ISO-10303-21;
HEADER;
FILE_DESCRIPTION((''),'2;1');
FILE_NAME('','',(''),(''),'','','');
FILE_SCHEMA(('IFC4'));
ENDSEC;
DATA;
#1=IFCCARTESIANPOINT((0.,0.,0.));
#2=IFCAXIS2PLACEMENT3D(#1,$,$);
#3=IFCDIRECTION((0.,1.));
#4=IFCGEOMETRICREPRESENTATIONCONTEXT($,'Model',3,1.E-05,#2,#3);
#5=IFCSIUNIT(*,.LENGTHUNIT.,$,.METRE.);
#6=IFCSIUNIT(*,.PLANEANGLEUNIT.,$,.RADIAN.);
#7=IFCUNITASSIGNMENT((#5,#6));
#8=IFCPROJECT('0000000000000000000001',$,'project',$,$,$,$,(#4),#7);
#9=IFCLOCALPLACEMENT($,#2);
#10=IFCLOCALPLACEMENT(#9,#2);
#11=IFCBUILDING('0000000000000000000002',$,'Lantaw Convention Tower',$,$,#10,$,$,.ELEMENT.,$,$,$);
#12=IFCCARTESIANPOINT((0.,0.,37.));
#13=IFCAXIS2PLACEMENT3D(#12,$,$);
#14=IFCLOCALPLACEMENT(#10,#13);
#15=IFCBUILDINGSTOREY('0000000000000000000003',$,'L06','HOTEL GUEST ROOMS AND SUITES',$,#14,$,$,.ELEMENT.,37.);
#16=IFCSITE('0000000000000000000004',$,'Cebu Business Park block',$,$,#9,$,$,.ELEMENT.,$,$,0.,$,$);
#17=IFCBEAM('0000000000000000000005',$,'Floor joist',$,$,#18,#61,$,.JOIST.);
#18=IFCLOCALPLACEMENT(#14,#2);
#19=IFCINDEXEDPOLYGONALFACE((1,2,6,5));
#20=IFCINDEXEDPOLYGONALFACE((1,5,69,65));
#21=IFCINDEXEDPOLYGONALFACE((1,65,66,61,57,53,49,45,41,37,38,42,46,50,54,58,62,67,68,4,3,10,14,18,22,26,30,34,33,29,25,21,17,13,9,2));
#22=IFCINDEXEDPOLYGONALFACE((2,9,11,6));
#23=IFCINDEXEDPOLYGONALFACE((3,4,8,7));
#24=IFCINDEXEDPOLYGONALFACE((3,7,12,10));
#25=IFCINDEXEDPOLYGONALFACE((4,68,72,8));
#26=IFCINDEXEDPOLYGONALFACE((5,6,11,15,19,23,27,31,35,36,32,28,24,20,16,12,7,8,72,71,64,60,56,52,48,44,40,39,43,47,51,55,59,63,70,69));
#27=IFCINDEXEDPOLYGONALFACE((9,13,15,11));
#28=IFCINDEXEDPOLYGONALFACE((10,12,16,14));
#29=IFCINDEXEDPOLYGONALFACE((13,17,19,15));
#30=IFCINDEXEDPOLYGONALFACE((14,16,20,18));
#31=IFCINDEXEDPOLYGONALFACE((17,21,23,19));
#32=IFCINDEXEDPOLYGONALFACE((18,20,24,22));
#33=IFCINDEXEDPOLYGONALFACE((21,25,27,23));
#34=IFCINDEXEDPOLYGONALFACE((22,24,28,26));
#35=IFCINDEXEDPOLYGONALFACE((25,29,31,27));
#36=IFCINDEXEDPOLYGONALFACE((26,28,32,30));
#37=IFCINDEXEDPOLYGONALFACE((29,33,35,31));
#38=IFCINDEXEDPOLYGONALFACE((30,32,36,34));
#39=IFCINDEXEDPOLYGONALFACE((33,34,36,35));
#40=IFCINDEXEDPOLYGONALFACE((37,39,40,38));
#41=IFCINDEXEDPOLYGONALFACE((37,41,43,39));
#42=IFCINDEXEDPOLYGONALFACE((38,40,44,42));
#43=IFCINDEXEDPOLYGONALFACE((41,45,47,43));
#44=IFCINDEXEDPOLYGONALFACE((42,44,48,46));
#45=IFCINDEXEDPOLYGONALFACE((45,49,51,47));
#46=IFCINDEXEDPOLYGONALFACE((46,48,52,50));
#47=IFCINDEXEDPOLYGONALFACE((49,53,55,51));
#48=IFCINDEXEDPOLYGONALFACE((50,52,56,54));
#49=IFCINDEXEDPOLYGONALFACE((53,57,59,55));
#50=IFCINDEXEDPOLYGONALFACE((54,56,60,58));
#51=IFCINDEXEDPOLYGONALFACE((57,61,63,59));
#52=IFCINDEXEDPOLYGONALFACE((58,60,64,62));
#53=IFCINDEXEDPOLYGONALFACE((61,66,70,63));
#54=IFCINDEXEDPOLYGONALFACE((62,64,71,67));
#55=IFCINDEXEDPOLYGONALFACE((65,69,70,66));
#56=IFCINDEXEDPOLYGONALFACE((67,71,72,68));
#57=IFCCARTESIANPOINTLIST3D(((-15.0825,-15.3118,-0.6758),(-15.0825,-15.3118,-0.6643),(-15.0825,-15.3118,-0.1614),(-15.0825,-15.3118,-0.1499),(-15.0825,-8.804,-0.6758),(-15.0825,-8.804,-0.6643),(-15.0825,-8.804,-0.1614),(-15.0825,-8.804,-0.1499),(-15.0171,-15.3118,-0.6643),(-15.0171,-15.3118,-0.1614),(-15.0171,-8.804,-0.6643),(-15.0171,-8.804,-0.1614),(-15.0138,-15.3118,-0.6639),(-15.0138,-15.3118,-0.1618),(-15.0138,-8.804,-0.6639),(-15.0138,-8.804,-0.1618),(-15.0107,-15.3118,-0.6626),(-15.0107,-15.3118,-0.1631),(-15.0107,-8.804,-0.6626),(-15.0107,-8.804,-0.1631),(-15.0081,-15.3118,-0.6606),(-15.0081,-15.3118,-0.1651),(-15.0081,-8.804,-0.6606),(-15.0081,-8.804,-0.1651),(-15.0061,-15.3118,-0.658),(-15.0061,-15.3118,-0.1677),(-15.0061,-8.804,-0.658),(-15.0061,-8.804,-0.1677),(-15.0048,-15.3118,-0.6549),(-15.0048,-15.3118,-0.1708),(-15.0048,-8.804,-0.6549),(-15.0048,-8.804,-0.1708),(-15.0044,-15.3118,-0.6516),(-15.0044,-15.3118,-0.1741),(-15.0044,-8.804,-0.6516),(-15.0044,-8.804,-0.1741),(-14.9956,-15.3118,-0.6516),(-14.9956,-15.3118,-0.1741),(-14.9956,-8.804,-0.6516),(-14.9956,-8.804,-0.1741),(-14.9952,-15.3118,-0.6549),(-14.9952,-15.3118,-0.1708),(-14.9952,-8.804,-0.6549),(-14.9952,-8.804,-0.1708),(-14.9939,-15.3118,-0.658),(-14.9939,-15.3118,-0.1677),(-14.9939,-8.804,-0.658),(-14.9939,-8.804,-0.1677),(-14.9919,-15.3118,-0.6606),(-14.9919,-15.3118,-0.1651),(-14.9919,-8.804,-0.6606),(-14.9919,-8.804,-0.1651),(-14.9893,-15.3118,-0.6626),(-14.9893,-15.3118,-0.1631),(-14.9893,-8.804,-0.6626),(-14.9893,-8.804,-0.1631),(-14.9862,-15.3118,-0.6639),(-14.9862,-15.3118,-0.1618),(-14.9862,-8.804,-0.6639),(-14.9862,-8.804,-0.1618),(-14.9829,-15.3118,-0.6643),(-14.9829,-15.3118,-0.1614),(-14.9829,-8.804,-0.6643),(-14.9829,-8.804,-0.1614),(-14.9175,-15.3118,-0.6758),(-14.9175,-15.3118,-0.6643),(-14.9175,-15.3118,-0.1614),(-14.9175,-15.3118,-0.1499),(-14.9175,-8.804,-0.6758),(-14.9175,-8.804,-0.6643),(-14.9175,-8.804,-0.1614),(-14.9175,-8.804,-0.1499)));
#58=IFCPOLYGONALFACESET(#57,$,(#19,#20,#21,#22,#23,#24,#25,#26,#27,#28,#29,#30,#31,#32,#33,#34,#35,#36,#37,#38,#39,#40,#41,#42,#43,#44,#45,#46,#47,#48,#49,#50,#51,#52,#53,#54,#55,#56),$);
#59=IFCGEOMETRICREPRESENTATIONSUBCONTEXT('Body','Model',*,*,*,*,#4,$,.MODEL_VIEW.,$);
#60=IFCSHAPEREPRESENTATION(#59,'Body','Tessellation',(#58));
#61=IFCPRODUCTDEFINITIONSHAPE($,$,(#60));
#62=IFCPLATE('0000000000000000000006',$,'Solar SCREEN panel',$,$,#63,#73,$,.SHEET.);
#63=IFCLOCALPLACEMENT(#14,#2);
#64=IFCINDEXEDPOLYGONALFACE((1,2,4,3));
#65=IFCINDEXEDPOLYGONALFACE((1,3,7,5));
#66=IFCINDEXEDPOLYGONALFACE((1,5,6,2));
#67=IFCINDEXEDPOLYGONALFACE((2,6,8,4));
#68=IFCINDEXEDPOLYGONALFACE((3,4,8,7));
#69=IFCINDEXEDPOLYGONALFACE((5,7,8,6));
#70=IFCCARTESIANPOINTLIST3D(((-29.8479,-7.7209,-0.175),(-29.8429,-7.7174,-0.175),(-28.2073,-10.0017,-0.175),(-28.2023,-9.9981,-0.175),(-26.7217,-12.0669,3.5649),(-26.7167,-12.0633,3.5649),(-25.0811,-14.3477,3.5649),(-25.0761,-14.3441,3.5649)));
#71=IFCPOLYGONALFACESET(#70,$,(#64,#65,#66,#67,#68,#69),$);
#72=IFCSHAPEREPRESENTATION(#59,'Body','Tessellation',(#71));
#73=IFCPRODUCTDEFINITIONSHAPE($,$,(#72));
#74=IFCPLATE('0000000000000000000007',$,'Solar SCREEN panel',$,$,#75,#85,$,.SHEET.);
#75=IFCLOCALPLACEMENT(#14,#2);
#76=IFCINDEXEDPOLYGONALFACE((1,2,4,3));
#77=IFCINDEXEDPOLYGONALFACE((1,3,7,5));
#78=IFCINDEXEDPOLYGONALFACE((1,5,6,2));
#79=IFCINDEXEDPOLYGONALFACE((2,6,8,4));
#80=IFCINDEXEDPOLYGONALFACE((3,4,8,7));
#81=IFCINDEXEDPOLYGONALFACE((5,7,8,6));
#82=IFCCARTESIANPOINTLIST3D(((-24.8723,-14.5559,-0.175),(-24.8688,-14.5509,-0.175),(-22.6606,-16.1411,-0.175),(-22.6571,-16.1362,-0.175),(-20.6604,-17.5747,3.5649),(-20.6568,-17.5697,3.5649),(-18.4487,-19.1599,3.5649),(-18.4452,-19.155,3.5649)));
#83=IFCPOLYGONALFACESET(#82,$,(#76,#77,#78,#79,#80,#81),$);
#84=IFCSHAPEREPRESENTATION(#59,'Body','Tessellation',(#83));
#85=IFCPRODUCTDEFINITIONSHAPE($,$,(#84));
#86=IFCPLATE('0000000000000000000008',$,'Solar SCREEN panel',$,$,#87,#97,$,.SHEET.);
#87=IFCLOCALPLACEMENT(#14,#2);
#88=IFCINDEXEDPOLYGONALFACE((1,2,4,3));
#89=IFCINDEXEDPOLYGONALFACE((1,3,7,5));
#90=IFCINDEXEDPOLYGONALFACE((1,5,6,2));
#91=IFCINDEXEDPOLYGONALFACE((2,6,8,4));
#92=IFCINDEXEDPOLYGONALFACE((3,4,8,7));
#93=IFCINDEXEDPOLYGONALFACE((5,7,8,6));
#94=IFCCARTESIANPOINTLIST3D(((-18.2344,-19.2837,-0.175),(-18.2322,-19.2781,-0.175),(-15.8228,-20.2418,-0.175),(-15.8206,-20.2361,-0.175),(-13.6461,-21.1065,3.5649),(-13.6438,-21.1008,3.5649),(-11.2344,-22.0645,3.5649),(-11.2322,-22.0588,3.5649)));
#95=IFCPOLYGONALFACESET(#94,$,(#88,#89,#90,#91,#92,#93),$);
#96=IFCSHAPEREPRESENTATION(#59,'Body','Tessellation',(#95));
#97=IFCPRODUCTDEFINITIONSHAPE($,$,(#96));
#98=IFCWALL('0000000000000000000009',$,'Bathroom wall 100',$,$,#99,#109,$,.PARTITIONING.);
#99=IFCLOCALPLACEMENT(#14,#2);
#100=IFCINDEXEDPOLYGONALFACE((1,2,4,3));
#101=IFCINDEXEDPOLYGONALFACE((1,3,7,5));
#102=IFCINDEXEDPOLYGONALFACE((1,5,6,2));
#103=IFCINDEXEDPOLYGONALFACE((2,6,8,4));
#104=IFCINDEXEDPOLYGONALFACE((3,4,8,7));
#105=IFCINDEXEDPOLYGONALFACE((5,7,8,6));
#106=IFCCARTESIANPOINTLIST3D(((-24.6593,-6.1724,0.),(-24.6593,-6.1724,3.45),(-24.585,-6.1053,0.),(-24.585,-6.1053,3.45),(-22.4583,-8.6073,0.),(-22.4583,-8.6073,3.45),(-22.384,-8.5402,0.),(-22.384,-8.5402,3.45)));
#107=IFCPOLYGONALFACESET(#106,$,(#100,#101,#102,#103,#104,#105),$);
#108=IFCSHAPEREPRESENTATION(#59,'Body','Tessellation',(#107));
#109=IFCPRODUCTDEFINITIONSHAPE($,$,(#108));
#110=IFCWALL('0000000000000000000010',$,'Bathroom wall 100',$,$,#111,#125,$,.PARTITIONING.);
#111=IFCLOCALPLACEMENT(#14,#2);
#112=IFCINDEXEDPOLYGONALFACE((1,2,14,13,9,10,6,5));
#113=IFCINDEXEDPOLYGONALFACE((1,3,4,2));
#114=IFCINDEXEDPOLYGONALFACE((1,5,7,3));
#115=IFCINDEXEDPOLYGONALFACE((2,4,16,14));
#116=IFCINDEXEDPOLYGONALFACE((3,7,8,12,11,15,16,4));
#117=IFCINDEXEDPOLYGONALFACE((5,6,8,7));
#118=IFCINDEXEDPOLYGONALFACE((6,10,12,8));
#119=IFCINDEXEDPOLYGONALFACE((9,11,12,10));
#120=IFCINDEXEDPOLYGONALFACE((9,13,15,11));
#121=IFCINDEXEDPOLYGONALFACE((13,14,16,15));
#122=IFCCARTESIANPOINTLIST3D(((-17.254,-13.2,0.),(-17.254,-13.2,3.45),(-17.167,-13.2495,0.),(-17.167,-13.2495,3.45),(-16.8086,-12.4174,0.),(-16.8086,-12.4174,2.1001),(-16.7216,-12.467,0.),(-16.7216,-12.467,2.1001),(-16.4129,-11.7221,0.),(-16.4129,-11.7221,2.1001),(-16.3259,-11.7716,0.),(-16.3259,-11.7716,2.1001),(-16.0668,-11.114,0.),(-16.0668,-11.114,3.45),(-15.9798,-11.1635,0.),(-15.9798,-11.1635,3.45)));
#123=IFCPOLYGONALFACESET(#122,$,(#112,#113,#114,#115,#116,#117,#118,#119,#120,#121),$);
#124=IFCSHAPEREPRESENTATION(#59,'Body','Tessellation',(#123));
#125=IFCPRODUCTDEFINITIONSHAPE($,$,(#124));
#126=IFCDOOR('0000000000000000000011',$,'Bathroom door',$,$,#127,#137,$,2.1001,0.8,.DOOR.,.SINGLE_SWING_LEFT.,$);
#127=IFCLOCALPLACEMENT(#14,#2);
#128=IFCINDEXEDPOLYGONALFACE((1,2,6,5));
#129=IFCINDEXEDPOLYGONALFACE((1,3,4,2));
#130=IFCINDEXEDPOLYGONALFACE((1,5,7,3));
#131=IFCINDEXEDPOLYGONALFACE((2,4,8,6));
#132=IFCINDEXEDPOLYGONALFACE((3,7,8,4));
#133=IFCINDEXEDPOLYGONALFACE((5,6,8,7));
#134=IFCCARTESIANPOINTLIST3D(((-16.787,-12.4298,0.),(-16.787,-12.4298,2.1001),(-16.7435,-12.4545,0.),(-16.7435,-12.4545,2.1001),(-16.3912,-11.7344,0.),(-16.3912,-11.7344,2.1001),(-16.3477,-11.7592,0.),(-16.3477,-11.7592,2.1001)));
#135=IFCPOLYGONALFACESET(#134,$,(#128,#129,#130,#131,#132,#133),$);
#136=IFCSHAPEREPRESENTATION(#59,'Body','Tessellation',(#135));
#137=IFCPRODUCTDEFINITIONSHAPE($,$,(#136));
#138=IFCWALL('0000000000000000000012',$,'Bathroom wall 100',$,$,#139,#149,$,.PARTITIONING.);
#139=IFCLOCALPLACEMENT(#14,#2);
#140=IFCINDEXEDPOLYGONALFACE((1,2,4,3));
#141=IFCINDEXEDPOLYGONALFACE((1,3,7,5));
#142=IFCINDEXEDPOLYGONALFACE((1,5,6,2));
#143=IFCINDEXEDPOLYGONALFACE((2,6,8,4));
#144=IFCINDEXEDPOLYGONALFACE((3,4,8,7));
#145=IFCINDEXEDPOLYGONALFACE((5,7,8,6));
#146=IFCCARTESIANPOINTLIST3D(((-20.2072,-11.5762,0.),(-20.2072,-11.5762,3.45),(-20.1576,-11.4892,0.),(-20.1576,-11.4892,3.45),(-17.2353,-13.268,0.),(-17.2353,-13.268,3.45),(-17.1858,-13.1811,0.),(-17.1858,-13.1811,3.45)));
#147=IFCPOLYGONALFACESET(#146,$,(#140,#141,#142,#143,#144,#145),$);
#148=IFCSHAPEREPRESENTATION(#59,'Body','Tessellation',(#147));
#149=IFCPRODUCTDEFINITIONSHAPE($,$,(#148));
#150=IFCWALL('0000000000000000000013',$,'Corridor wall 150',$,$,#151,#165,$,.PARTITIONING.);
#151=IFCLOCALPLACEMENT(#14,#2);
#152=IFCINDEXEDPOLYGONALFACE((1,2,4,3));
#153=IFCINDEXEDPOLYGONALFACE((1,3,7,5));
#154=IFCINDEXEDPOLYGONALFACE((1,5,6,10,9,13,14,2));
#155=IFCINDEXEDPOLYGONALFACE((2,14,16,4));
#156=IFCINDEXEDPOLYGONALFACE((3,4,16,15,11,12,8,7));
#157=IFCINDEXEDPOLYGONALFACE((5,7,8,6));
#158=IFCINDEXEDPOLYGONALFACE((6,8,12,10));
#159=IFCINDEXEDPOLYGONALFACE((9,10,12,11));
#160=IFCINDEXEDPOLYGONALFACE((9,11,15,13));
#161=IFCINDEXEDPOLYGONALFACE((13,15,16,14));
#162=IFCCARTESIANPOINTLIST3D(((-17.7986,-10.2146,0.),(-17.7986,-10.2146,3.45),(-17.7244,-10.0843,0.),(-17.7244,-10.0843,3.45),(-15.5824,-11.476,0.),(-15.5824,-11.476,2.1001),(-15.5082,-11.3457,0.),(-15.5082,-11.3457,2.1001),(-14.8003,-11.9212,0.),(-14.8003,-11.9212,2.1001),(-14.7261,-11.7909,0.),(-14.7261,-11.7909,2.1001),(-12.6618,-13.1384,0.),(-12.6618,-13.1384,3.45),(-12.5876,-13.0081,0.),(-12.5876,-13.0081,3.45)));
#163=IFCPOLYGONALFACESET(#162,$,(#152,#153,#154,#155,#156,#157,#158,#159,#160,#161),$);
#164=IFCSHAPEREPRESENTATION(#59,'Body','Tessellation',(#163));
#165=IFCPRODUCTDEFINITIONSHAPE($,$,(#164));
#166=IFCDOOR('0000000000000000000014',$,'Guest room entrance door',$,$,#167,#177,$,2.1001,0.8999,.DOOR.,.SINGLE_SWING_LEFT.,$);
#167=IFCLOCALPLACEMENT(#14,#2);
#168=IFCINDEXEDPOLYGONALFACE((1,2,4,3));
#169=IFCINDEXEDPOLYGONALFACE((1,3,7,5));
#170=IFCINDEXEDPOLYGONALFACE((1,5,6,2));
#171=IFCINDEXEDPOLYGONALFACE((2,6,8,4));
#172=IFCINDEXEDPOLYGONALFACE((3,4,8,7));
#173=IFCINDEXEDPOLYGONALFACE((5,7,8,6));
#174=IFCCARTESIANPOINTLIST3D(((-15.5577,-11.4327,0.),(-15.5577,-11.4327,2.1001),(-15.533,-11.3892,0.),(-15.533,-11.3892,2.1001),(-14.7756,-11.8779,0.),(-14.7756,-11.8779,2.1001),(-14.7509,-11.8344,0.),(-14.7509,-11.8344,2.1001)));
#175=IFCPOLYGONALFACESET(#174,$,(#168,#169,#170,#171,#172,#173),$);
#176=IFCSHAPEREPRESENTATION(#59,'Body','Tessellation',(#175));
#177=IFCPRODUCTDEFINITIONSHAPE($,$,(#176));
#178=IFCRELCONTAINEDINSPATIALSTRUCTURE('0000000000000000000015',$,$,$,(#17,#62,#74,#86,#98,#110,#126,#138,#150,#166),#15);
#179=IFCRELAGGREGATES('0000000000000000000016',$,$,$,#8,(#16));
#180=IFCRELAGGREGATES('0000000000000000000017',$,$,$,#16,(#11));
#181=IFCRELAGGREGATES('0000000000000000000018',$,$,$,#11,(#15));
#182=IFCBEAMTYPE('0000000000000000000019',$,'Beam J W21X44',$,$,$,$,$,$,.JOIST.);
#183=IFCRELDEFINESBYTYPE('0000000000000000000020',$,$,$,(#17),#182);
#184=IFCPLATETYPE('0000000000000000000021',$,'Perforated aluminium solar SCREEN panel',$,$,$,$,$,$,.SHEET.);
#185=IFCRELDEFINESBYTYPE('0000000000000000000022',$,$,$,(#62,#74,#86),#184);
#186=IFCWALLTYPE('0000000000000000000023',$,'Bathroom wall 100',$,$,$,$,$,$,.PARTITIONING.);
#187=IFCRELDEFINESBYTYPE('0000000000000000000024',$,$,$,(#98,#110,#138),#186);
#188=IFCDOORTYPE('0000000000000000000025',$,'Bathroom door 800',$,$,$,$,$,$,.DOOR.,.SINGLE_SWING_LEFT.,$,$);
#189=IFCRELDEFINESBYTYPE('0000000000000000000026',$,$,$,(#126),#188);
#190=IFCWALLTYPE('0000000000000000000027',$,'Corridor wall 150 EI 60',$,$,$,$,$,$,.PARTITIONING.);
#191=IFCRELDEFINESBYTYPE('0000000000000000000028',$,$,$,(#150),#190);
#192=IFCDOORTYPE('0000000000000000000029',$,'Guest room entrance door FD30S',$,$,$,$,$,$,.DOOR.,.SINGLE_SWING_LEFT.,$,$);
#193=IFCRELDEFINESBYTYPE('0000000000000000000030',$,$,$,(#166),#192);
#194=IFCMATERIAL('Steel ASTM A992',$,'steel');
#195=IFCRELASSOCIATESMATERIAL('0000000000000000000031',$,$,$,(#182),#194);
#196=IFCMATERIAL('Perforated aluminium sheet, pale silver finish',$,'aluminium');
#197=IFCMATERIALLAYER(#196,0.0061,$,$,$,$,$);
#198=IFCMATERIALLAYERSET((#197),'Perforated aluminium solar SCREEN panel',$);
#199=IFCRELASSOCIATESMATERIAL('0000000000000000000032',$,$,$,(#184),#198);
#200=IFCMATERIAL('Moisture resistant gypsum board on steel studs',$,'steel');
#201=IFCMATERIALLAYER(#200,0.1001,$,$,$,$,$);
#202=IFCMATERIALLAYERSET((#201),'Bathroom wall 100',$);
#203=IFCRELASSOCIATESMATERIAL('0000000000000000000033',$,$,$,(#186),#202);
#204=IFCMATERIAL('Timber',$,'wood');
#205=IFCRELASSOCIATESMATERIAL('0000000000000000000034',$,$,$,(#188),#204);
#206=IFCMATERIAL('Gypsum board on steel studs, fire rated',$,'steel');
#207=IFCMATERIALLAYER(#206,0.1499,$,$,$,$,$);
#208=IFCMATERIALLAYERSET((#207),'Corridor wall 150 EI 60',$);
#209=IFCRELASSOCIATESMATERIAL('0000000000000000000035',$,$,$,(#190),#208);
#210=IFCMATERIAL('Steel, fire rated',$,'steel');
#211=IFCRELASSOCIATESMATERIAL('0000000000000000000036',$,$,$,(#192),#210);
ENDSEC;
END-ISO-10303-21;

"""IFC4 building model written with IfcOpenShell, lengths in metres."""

from ifc_helpers import new_model, si_unit, direction, frame, frame_2d, origin, origin_2d, place, context, subcontext, project, spatial, polyline, rectangle, i_section, outline, extrude, material, layer, layer_set, material_profile, profile_set, type_object, element, fill, save


model = new_model("IFC4")

# Units and contexts
model_context = context("Model", 3, precision=1e-05, world=origin(), true_north=direction((0.0, 1.0)))
body_context = subcontext(model_context, "Body", "Model", "MODEL_VIEW")
ifc_project = project(units=[si_unit("LENGTHUNIT", "METRE"), si_unit("PLANEANGLEUNIT", "RADIAN")], contexts=[model_context])

# Site, building, storey
site_placement = place(None, origin())
site = spatial("IfcSite", under=ifc_project, at=site_placement, Name="Cebu Business Park block", CompositionType="ELEMENT", RefElevation=0.0)
building_placement = place(site_placement, origin())
building = spatial("IfcBuilding", under=site, at=building_placement, Name="Lantaw Convention Tower", CompositionType="ELEMENT")
storey_placement = place(building_placement, frame((0.0, 0.0, 37.0)))
storey = spatial("IfcBuildingStorey", under=building, at=storey_placement, Name="L06", Description="HOTEL GUEST ROOMS AND SUITES", CompositionType="ELEMENT", Elevation=37.0)

# Beam
ifc_material_1 = material(Name="Steel ASTM A992", Category="steel")
ifc_material_profile_1 = material_profile(ifc_material_1, i_section(OverallWidth=0.165, OverallDepth=0.5259, WebThickness=0.0088, FlangeThickness=0.0115, FilletRadius=0.0127, at=origin_2d()), Name="W21X44")
ifc_profile_set_1 = profile_set([ifc_material_profile_1], Name="Steel ASTM A992")
beam_type_1 = type_object("IfcBeamType", Name="Beam J W21X44", PredefinedType="JOIST", material=ifc_profile_set_1)
beam_1_placement = place(storey_placement, frame((-15.0, -15.3118, -0.4128), z_axis=(0.0, 1.0, 0.0), x_axis=(-1.0, 0.0, 0.0)))
element("IfcBeam", 1, at=beam_1_placement, inside=storey, type_object=beam_type_1, Name="Floor joist", PredefinedType="JOIST", context=body_context, shape_type="SweptSolid", body=[
    extrude(i_section(OverallWidth=0.165, OverallDepth=0.5259, WebThickness=0.0088, FlangeThickness=0.0115, FilletRadius=0.0127, at=origin_2d()), origin(), (0.0, 0.0, 1.0), 6.5078),
])

# Plates
ifc_material_2 = material(Name="Perforated aluminium sheet, pale silver finish", Category="aluminium")
ifc_layer_1 = layer(ifc_material_2, 0.0061)
ifc_layer_set_1 = layer_set([ifc_layer_1], Name="Perforated aluminium solar SCREEN panel")
plate_type = type_object("IfcPlateType", Name="Perforated aluminium solar SCREEN panel", PredefinedType="SHEET", material=ifc_layer_set_1)
plate_1_placement = place(storey_placement, frame((-29.8479, -7.7209, -0.175), z_axis=(-0.811791, -0.583948, 0.000009), x_axis=(0.583948, -0.811791, 0.0)))
element("IfcPlate", 2, at=plate_1_placement, inside=storey, type_object=plate_type, Name="Solar SCREEN panel", PredefinedType="SHEET", context=body_context, shape_type="SweptSolid", body=[
    extrude(outline(polyline([(0.0, 0.0), (2.8095, 0.0), (8.1631, 3.74), (5.3536, 3.74), (0.0, 0.0)])), origin(), (0.0, 0.0, -1.0), 0.0061),
])
plate_2_placement = place(storey_placement, frame((-24.8723, -14.5559, -0.175), z_axis=(-0.582561, -0.812787, 0.000016), x_axis=(0.812787, -0.582561, 0.0)))
element("IfcPlate", 3, at=plate_2_placement, inside=storey, type_object=plate_type, Name="Solar SCREEN panel", PredefinedType="SHEET", context=body_context, shape_type="SweptSolid", body=[
    extrude(outline(polyline([(0.0, 0.0), (2.7211, 0.0), (7.9031, 3.74), (5.182, 3.74), (0.0, 0.0)])), origin(), (0.0, 0.0, -1.0), 0.0061),
])
plate_3_placement = place(storey_placement, frame((-18.2322, -19.2781, -0.175), z_axis=(0.369184, 0.929357, 0.000009), x_axis=(0.929357, -0.369184, 0.0)))
element("IfcPlate", 4, at=plate_3_placement, inside=storey, type_object=plate_type, Name="Solar SCREEN panel", PredefinedType="SHEET", context=body_context, shape_type="SweptSolid", body=[
    extrude(outline(polyline([(0.0, 0.0), (2.5949, 0.0), (7.5321, -3.74), (4.9372, -3.74), (0.0, 0.0)])), origin(), (0.0, 0.0, -1.0), 0.0061),
])

# Wall
ifc_material_3 = material(Name="Moisture resistant gypsum board on steel studs", Category="steel")
ifc_layer_2 = layer(ifc_material_3, 0.1001)
ifc_layer_set_2 = layer_set([ifc_layer_2], Name="Bathroom wall 100")
wall_type_1 = type_object("IfcWallType", Name="Bathroom wall 100", PredefinedType="PARTITIONING", material=ifc_layer_set_2)
wall_1_placement = place(storey_placement, frame((-22.4211, -8.5737, 0.0), z_axis=(0.0, 0.0, 1.0), x_axis=(-0.670578, 0.741839, 0.0)))
element("IfcWall", 5, at=wall_1_placement, inside=storey, type_object=wall_type_1, Name="Bathroom wall 100", PredefinedType="PARTITIONING", context=body_context, shape_type="SweptSolid", body=[
    extrude(rectangle(XDim=3.2822, YDim=0.1001, at=frame_2d((1.6411, 0.0))), origin(), (0.0, 0.0, 1.0), 3.45),
])

# Wall, opening, door
wall_2_placement = place(storey_placement, frame((-16.0232, -11.1387, 0.0), z_axis=(0.0, 0.0, 1.0), x_axis=(-0.494659, -0.869087, 0.0)))
wall_2 = element("IfcWall", 6, at=wall_2_placement, inside=storey, type_object=wall_type_1, Name="Bathroom wall 100", PredefinedType="PARTITIONING", context=body_context, shape_type="SweptSolid", body=[
    extrude(rectangle(XDim=2.4001, YDim=0.1001, at=frame_2d((1.2002, 0.0))), origin(), (0.0, 0.0, 1.0), 3.45),
])
opening_1_placement = place(wall_2_placement, frame((0.7, 0.0, 0.0)))
opening_1 = element("IfcOpeningElement", 7, at=opening_1_placement, cuts=wall_2, PredefinedType="OPENING", context=body_context, shape_type="SweptSolid", body=[
    extrude(rectangle(XDim=0.8, YDim=2.1001, at=frame_2d((0.3999, 1.05))), frame((0.0, 0.0601, 0.0), z_axis=(0.0, -1.0, 0.0), x_axis=(1.0, 0.0, 0.0)), (0.0, 0.0, 1.0), 0.1201),
])
ifc_material_4 = material(Name="Timber", Category="wood")
door_type_1 = type_object("IfcDoorType", Name="Bathroom door 800", OperationType="SINGLE_SWING_LEFT", PredefinedType="DOOR", material=ifc_material_4)
door_1_placement = place(opening_1_placement, origin())
door_1 = element("IfcDoor", 8, at=door_1_placement, inside=storey, type_object=door_type_1, Name="Bathroom door", OperationType="SINGLE_SWING_LEFT", OverallHeight=2.1001, OverallWidth=0.8, PredefinedType="DOOR", context=body_context, shape_type="SweptSolid", body=[
    extrude(rectangle(XDim=0.8, YDim=2.1001, at=frame_2d((0.3999, 1.05))), frame((0.0, 0.0249, 0.0), z_axis=(0.0, -1.0, 0.0), x_axis=(1.0, 0.0, 0.0)), (0.0, 0.0, 1.0), 0.05),
])
fill(opening_1, door_1)

# Wall
wall_3_placement = place(storey_placement, frame((-17.2104, -13.2246, 0.0), z_axis=(0.0, 0.0, 1.0), x_axis=(-0.869042, 0.494739, 0.0)))
element("IfcWall", 9, at=wall_3_placement, inside=storey, type_object=wall_type_1, Name="Bathroom wall 100", PredefinedType="PARTITIONING", context=body_context, shape_type="SweptSolid", body=[
    extrude(rectangle(XDim=3.4197, YDim=0.1001, at=frame_2d((1.71, 0.0))), origin(), (0.0, 0.0, 1.0), 3.45),
])

# Wall, opening, door
ifc_material_5 = material(Name="Gypsum board on steel studs, fire rated", Category="steel")
ifc_layer_3 = layer(ifc_material_5, 0.1499)
ifc_layer_set_3 = layer_set([ifc_layer_3], Name="Corridor wall 150 EI 60")
wall_type_2 = type_object("IfcWallType", Name="Corridor wall 150 EI 60", PredefinedType="PARTITIONING", material=ifc_layer_set_3)
wall_4_placement = place(storey_placement, frame((-17.7615, -10.1494, 0.0), z_axis=(0.0, 0.0, 1.0), x_axis=(0.869076, -0.494679, 0.0)))
wall_4 = element("IfcWall", 10, at=wall_4_placement, inside=storey, type_object=wall_type_2, Name="Corridor wall 150", PredefinedType="PARTITIONING", context=body_context, shape_type="SweptSolid", body=[
    extrude(rectangle(XDim=5.9106, YDim=0.1499, at=frame_2d((2.9553, 0.0))), origin(), (0.0, 0.0, 1.0), 3.45),
])
opening_2_placement = place(wall_4_placement, frame((2.55, 0.0, 0.0)))
opening_2 = element("IfcOpeningElement", 11, at=opening_2_placement, cuts=wall_4, PredefinedType="OPENING", context=body_context, shape_type="SweptSolid", body=[
    extrude(rectangle(XDim=0.8999, YDim=2.1001, at=frame_2d((0.45, 1.05))), frame((0.0, 0.085, 0.0), z_axis=(0.0, -1.0, 0.0), x_axis=(1.0, 0.0, 0.0)), (0.0, 0.0, 1.0), 0.1699),
])
ifc_material_6 = material(Name="Steel, fire rated", Category="steel")
door_type_2 = type_object("IfcDoorType", Name="Guest room entrance door FD30S", OperationType="SINGLE_SWING_LEFT", PredefinedType="DOOR", material=ifc_material_6)
door_2_placement = place(opening_2_placement, origin())
door_2 = element("IfcDoor", 12, at=door_2_placement, inside=storey, type_object=door_type_2, Name="Guest room entrance door", OperationType="SINGLE_SWING_LEFT", OverallHeight=2.1001, OverallWidth=0.8999, PredefinedType="DOOR", context=body_context, shape_type="SweptSolid", body=[
    extrude(rectangle(XDim=0.8999, YDim=2.1001, at=frame_2d((0.45, 1.05))), frame((0.0, 0.0249, 0.0), z_axis=(0.0, -1.0, 0.0), x_axis=(1.0, 0.0, 0.0)), (0.0, 0.0, 1.0), 0.05),
])
fill(opening_2, door_2)

save(model, "model.ifc")
